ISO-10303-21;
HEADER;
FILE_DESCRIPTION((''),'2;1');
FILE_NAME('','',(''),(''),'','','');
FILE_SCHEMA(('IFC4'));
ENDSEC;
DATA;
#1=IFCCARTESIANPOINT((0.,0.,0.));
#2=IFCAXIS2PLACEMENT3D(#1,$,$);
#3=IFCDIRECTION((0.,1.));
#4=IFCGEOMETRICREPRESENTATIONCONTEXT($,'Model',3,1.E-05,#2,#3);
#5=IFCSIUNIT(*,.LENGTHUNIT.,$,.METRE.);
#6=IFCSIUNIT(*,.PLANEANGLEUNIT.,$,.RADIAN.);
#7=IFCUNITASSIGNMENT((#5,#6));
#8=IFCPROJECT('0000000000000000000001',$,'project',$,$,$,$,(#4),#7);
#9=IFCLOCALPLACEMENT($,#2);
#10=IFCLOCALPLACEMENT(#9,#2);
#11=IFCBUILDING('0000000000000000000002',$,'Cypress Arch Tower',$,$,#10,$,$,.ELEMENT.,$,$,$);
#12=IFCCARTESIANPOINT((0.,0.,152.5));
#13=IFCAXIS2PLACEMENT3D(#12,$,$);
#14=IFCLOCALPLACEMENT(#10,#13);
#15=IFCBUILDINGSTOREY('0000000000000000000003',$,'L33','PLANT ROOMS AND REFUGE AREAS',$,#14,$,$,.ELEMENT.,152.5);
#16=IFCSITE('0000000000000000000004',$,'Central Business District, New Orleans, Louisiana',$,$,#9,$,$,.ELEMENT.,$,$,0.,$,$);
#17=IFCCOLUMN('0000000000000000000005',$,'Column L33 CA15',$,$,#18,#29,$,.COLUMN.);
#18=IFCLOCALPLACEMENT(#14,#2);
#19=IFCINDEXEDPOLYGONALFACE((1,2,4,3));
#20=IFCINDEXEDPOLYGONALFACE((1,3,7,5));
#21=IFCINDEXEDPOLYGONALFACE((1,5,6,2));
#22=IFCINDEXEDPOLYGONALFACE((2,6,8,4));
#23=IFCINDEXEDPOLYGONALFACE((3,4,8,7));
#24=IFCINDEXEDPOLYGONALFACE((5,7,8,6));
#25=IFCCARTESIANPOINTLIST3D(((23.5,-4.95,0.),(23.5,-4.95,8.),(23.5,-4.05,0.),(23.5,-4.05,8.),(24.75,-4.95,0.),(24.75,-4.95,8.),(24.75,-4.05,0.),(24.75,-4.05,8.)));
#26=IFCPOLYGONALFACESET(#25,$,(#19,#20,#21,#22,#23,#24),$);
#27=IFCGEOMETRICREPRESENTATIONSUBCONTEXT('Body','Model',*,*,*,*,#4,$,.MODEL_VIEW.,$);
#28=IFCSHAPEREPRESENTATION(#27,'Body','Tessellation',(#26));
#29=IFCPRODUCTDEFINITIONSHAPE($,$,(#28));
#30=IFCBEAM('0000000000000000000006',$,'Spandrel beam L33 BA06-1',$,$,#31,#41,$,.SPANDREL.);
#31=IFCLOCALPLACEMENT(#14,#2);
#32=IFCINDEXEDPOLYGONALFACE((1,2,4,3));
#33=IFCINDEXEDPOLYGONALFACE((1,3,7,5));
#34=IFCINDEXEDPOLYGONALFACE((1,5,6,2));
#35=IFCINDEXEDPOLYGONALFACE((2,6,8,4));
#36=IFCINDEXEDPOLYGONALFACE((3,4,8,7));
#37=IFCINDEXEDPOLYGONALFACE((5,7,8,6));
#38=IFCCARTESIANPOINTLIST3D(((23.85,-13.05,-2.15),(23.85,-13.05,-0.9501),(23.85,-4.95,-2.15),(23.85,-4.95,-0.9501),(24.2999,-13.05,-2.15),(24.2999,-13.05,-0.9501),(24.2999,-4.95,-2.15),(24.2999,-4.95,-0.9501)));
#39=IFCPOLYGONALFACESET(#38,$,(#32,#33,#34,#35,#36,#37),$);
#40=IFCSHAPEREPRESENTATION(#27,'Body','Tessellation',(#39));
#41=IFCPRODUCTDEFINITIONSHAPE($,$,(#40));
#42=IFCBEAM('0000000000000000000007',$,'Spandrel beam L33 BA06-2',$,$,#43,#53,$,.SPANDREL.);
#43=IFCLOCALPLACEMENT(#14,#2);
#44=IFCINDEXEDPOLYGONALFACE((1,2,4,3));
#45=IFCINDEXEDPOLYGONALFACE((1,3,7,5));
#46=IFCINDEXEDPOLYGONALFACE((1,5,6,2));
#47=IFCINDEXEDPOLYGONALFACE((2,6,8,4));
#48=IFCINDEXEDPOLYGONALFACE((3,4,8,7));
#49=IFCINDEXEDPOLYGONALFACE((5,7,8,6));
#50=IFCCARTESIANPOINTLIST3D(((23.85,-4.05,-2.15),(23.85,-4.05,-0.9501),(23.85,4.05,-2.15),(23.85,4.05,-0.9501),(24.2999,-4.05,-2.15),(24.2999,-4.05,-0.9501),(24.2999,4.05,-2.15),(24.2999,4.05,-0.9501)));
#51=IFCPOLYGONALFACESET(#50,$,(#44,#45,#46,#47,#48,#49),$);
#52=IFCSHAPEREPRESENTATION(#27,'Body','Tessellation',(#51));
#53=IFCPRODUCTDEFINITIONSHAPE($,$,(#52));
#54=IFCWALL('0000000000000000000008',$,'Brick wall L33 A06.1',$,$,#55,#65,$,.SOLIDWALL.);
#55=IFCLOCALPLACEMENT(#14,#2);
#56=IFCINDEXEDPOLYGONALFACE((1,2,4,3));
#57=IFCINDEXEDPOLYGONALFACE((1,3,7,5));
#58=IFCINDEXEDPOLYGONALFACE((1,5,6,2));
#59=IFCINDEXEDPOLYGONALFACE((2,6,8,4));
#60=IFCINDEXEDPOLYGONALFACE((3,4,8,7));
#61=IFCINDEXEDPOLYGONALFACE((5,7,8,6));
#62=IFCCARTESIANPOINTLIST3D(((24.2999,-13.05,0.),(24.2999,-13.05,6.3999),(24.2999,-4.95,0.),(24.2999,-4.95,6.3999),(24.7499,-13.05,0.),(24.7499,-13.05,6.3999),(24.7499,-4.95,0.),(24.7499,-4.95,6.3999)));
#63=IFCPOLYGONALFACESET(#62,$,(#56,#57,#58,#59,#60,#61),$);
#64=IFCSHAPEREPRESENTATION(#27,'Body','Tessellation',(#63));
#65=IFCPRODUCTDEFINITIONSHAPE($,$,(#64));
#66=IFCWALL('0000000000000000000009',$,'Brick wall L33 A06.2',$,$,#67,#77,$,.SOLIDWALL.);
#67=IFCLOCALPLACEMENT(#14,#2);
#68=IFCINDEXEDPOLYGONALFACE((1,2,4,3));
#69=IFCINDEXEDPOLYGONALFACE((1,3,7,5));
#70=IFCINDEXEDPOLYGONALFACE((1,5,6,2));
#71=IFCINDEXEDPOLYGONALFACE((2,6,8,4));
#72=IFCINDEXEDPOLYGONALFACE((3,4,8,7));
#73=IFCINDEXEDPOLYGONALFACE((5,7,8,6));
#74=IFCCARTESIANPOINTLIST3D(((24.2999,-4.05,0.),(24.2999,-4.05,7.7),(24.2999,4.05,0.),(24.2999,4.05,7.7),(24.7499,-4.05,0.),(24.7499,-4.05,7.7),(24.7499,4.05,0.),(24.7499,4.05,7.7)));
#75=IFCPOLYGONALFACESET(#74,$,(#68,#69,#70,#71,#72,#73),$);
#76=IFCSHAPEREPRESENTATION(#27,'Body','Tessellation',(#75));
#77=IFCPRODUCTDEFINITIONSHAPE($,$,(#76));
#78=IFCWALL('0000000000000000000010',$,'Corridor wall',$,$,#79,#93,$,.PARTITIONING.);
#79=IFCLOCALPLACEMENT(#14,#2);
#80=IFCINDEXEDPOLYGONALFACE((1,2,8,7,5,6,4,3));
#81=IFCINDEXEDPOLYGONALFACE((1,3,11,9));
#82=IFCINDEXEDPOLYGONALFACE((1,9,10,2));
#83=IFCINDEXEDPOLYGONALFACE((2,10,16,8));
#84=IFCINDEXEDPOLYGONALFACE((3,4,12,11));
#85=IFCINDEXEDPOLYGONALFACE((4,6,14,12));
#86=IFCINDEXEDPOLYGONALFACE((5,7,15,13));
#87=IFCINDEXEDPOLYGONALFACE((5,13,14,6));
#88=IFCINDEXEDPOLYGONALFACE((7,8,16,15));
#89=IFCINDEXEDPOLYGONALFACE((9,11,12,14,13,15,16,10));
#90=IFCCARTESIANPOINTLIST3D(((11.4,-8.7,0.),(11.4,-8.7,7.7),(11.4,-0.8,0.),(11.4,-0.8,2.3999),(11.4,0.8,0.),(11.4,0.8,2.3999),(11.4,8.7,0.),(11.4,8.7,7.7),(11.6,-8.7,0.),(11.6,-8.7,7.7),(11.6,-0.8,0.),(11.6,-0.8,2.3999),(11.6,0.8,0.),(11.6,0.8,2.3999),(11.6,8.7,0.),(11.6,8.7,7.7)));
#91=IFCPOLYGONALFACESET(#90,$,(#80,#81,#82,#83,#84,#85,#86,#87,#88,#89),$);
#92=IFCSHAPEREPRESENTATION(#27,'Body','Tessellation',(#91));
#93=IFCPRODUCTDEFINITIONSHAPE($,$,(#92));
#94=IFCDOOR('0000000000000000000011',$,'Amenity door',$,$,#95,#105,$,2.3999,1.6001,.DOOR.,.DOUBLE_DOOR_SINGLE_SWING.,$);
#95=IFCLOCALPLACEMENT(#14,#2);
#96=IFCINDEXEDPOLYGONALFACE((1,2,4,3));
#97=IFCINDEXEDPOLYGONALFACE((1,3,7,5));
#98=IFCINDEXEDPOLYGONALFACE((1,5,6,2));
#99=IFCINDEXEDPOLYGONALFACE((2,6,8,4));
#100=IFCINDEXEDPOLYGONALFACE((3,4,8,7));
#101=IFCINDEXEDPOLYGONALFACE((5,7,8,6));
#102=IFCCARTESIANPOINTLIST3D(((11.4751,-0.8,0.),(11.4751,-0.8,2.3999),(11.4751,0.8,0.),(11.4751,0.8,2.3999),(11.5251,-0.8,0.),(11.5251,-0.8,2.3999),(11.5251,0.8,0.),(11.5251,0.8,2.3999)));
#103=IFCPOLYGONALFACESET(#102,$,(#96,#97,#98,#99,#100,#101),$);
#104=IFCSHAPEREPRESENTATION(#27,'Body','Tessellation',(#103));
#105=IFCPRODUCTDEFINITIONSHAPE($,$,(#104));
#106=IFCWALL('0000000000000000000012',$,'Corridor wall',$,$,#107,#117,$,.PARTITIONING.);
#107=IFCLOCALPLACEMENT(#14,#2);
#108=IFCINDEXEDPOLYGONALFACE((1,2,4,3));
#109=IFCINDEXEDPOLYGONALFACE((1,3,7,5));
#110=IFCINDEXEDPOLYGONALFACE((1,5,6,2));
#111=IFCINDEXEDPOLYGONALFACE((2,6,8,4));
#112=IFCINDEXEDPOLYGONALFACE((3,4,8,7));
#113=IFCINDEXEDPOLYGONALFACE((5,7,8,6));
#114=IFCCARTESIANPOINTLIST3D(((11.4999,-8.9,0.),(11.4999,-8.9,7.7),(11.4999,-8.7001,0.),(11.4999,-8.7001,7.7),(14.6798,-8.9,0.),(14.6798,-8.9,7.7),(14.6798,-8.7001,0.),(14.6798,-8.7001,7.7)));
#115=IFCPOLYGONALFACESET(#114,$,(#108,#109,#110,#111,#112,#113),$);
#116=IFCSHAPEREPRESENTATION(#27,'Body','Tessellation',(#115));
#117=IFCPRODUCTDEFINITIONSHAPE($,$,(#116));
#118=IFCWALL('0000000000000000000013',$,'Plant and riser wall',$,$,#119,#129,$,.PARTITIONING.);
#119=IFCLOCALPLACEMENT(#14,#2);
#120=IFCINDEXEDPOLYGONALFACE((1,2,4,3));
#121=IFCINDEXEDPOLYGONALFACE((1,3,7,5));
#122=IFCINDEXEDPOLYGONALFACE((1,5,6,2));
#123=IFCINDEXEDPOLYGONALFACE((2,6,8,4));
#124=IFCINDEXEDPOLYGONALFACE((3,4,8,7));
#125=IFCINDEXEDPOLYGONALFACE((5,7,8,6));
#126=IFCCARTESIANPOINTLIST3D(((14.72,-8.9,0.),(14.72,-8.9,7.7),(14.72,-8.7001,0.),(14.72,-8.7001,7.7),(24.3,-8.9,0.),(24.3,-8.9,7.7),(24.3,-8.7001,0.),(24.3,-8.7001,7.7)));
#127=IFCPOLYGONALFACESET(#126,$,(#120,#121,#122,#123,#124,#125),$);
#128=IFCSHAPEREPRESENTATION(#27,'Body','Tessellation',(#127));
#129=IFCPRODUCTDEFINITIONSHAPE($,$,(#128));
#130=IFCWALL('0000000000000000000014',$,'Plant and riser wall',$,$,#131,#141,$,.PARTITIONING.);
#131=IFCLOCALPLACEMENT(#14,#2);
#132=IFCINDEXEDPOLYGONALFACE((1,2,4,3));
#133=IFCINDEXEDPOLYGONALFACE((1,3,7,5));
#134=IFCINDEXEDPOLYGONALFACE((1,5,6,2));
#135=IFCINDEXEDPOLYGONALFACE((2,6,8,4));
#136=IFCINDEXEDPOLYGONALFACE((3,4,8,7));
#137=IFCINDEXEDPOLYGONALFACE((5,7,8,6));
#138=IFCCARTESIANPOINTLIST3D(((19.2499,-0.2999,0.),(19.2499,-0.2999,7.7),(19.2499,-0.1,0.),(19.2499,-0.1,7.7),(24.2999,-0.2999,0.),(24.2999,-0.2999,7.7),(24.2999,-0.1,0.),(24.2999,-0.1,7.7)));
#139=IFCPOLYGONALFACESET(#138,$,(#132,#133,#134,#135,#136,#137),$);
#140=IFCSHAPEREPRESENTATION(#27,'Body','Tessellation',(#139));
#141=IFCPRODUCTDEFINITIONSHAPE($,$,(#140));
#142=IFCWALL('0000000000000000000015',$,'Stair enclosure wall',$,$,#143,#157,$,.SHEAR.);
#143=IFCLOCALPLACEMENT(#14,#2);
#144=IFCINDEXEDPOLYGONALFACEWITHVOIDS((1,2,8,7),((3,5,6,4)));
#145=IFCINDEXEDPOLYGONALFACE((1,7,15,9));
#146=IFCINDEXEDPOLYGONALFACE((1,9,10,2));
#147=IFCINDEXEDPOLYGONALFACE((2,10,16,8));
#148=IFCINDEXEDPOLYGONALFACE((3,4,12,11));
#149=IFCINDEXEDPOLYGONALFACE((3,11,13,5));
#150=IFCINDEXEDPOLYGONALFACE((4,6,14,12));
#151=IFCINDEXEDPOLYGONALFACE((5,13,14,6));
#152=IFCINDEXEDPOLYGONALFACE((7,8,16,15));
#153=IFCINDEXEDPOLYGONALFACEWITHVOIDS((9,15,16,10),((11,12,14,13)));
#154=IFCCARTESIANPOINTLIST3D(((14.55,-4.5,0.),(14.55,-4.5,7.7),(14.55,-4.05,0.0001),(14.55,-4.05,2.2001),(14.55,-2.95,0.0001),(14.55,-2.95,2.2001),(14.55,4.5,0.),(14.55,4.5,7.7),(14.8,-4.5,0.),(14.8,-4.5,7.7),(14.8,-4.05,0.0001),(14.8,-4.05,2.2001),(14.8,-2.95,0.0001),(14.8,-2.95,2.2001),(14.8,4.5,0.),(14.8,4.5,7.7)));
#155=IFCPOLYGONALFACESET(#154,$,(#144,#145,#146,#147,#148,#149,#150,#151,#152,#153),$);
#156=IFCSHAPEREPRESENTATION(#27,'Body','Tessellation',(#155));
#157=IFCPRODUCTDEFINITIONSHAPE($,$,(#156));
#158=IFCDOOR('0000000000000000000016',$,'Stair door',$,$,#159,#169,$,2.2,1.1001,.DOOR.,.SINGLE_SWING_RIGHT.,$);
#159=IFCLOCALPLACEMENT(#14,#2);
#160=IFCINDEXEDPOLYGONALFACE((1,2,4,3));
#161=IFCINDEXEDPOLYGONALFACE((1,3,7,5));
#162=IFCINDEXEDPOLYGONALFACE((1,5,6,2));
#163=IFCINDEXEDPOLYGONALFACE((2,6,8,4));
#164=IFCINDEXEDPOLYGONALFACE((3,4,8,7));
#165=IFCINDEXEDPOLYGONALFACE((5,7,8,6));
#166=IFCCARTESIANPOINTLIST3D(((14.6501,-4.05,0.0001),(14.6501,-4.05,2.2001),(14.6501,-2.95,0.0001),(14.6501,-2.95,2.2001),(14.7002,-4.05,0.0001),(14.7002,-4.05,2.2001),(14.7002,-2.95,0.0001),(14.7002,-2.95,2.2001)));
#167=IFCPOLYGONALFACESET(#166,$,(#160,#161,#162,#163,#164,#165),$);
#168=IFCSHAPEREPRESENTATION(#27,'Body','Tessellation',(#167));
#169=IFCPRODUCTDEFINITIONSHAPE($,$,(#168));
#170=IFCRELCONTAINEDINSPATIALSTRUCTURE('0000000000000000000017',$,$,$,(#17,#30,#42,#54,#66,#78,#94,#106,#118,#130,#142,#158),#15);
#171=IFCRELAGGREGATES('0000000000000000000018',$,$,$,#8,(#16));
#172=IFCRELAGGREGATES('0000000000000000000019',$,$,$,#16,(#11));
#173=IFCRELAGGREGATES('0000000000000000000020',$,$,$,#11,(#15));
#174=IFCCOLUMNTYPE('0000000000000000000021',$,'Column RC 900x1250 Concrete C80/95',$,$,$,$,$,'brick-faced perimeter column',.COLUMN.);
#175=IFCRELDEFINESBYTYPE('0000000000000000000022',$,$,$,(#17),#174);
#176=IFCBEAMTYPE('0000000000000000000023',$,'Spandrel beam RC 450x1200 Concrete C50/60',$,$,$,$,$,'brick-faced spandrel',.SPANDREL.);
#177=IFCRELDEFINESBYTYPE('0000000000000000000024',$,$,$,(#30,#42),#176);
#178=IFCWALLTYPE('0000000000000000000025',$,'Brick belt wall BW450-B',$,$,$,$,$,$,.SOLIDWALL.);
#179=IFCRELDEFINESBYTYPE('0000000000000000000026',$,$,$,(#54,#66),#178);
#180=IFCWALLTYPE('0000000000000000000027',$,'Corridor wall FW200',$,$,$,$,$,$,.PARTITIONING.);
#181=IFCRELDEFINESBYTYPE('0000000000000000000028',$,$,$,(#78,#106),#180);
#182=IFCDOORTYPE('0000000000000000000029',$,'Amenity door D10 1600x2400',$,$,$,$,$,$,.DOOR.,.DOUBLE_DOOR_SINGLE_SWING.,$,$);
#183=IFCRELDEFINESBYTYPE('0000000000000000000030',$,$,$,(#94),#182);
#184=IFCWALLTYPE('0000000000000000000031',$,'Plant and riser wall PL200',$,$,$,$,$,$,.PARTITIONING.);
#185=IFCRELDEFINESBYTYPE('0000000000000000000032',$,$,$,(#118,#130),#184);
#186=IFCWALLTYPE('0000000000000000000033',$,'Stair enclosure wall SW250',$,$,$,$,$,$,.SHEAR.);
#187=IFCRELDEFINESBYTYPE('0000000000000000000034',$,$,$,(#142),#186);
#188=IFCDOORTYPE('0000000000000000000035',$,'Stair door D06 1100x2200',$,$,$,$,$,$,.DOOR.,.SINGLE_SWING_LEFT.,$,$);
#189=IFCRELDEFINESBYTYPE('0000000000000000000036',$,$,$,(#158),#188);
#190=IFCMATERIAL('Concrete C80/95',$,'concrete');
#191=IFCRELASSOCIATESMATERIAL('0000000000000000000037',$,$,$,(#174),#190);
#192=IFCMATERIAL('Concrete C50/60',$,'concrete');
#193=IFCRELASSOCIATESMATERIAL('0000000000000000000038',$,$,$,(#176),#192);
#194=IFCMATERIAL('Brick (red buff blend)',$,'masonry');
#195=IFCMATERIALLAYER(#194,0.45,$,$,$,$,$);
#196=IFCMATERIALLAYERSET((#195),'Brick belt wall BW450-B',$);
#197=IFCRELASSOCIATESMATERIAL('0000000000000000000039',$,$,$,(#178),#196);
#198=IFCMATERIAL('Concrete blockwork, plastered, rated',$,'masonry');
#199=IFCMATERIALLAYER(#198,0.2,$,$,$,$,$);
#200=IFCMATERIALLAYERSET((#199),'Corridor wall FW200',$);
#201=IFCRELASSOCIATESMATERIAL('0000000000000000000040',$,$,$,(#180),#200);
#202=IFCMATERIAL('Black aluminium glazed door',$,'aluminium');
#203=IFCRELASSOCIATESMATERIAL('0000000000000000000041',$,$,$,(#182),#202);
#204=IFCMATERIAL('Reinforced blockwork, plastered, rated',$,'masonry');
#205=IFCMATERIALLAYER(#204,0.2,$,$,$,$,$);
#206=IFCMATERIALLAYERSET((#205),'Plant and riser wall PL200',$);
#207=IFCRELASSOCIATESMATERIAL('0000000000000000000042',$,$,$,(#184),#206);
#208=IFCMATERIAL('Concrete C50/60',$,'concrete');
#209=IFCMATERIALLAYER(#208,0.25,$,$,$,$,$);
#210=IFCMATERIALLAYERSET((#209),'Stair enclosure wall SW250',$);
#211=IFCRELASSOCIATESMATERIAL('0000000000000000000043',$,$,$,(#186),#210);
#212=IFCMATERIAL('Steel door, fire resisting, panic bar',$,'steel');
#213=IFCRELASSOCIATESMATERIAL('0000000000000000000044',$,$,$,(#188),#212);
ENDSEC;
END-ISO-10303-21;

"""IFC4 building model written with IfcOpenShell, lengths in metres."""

from ifc_helpers import new_model, si_unit, direction, frame, frame_2d, origin, origin_2d, place, context, subcontext, project, spatial, rectangle, extrude, material, layer, layer_set, material_profile, profile_set, type_object, element, fill, save


model = new_model("IFC4")

# Units and contexts
model_context = context("Model", 3, precision=1e-05, world=origin(), true_north=direction((0.0, 1.0)))
body_context = subcontext(model_context, "Body", "Model", "MODEL_VIEW")
ifc_project = project(units=[si_unit("LENGTHUNIT", "METRE"), si_unit("PLANEANGLEUNIT", "RADIAN")], contexts=[model_context])

# Site, building, storey
site_placement = place(None, origin())
site = spatial("IfcSite", under=ifc_project, at=site_placement, Name="Central Business District, New Orleans, Louisiana", CompositionType="ELEMENT", RefElevation=0.0)
building_placement = place(site_placement, origin())
building = spatial("IfcBuilding", under=site, at=building_placement, Name="Cypress Arch Tower", CompositionType="ELEMENT")
storey_placement = place(building_placement, frame((0.0, 0.0, 152.5)))
storey = spatial("IfcBuildingStorey", under=building, at=storey_placement, Name="L33", Description="PLANT ROOMS AND REFUGE AREAS", CompositionType="ELEMENT", Elevation=152.5)

# Column
ifc_material_1 = material(Name="Concrete C80/95", Category="concrete")
ifc_material_profile_1 = material_profile(ifc_material_1, rectangle(XDim=0.8999, YDim=1.25, at=origin_2d()), Name="RC 900x1250")
ifc_profile_set_1 = profile_set([ifc_material_profile_1], Name="Concrete C80/95")
column_type = type_object("IfcColumnType", Name="Column RC 900x1250 Concrete C80/95", ElementType="brick-faced perimeter column", PredefinedType="COLUMN", material=ifc_profile_set_1)
column_placement = place(storey_placement, frame((24.125, -4.5, 0.0), z_axis=(0.0, 0.0, 1.0), x_axis=(0.0, 1.0, 0.0)))
element("IfcColumn", 1, at=column_placement, inside=storey, type_object=column_type, Name="Column L33 CA15", PredefinedType="COLUMN", context=body_context, shape_type="SweptSolid", body=[
    extrude(rectangle(XDim=0.8999, YDim=1.25, at=origin_2d()), origin(), (0.0, 0.0, 1.0), 8.0),
])

# Beams
ifc_material_2 = material(Name="Concrete C50/60", Category="concrete")
ifc_material_profile_2 = material_profile(ifc_material_2, rectangle(XDim=0.45, YDim=1.2, at=origin_2d()), Name="RC 450x1200")
ifc_profile_set_2 = profile_set([ifc_material_profile_2], Name="Concrete C50/60")
beam_type = type_object("IfcBeamType", Name="Spandrel beam RC 450x1200 Concrete C50/60", ElementType="brick-faced spandrel", PredefinedType="SPANDREL", material=ifc_profile_set_2)
for number, where, z_axis, x_axis, name in (
    (2, (24.075, -13.05, -1.55), (0.0, 1.0, 0.0), (-1.0, 0.0, 0.0), "Spandrel beam L33 BA06-1"),
    (3, (24.075, -4.05, -1.55), (0.0, 1.0, 0.0), (-1.0, 0.0, 0.0), "Spandrel beam L33 BA06-2"),
):
    element("IfcBeam", number, at=place(storey_placement, frame(where, z_axis=z_axis, x_axis=x_axis)), inside=storey, type_object=beam_type, Name=name, PredefinedType="SPANDREL", context=body_context, shape_type="SweptSolid", body=[
        extrude(rectangle(XDim=0.45, YDim=1.2, at=origin_2d()), origin(), (0.0, 0.0, 1.0), 8.1001),
    ])

# Walls
ifc_material_3 = material(Name="Brick (red buff blend)", Category="masonry")
ifc_layer_1 = layer(ifc_material_3, 0.45)
ifc_layer_set_1 = layer_set([ifc_layer_1], Name="Brick belt wall BW450-B")
wall_type_1 = type_object("IfcWallType", Name="Brick belt wall BW450-B", PredefinedType="SOLIDWALL", material=ifc_layer_set_1)
wall_1_placement = place(storey_placement, frame((24.5249, -13.05, 0.0), z_axis=(0.0, 0.0, 1.0), x_axis=(0.0, 1.0, 0.0)))
element("IfcWall", 4, at=wall_1_placement, inside=storey, type_object=wall_type_1, Name="Brick wall L33 A06.1", PredefinedType="SOLIDWALL", context=body_context, shape_type="SweptSolid", body=[
    extrude(rectangle(XDim=8.1001, YDim=0.45, at=frame_2d((4.05, 0.0))), origin(), (0.0, 0.0, 1.0), 6.3999),
])
wall_2_placement = place(storey_placement, frame((24.5249, -4.05, 0.0), z_axis=(0.0, 0.0, 1.0), x_axis=(0.0, 1.0, 0.0)))
element("IfcWall", 5, at=wall_2_placement, inside=storey, type_object=wall_type_1, Name="Brick wall L33 A06.2", PredefinedType="SOLIDWALL", context=body_context, shape_type="SweptSolid", body=[
    extrude(rectangle(XDim=8.1001, YDim=0.45, at=frame_2d((4.05, 0.0))), origin(), (0.0, 0.0, 1.0), 7.7),
])

# Wall, opening, door
ifc_material_4 = material(Name="Concrete blockwork, plastered, rated", Category="masonry")
ifc_layer_2 = layer(ifc_material_4, 0.2)
ifc_layer_set_2 = layer_set([ifc_layer_2], Name="Corridor wall FW200")
wall_type_2 = type_object("IfcWallType", Name="Corridor wall FW200", PredefinedType="PARTITIONING", material=ifc_layer_set_2)
wall_3_placement = place(storey_placement, frame((11.5, -8.7, 0.0), z_axis=(0.0, 0.0, 1.0), x_axis=(0.0, 1.0, 0.0)))
wall_3 = element("IfcWall", 6, at=wall_3_placement, inside=storey, type_object=wall_type_2, Name="Corridor wall", PredefinedType="PARTITIONING", context=body_context, shape_type="SweptSolid", body=[
    extrude(rectangle(XDim=17.3999, YDim=0.2, at=frame_2d((8.7, 0.0))), origin(), (0.0, 0.0, 1.0), 7.7),
])
opening_1_placement = place(wall_3_placement, frame((7.8999, 0.0, 0.0)))
opening_1 = element("IfcOpeningElement", 7, at=opening_1_placement, cuts=wall_3, PredefinedType="OPENING", context=body_context, shape_type="SweptSolid", body=[
    extrude(rectangle(XDim=1.6001, YDim=2.3999, at=frame_2d((0.8, 1.2))), frame((0.0, 0.1099, 0.0), z_axis=(0.0, -1.0, 0.0), x_axis=(1.0, 0.0, 0.0)), (0.0, 0.0, 1.0), 0.22),
])
ifc_material_5 = material(Name="Black aluminium glazed door", Category="aluminium")
door_type_1 = type_object("IfcDoorType", Name="Amenity door D10 1600x2400", OperationType="DOUBLE_DOOR_SINGLE_SWING", PredefinedType="DOOR", material=ifc_material_5)
door_1_placement = place(opening_1_placement, origin())
door_1 = element("IfcDoor", 8, at=door_1_placement, inside=storey, type_object=door_type_1, Name="Amenity door", OperationType="DOUBLE_DOOR_SINGLE_SWING", OverallHeight=2.3999, OverallWidth=1.6001, PredefinedType="DOOR", context=body_context, shape_type="SweptSolid", body=[
    extrude(rectangle(XDim=1.6001, YDim=2.3999, at=frame_2d((0.8, 1.2))), frame((0.0, 0.0249, 0.0), z_axis=(0.0, -1.0, 0.0), x_axis=(1.0, 0.0, 0.0)), (0.0, 0.0, 1.0), 0.05),
])
fill(opening_1, door_1)

# Wall
wall_4_placement = place(storey_placement, frame((11.5, -8.8, 0.0), z_axis=(0.0, 0.0, 1.0), x_axis=(1.0, 0.0, 0.0)))
element("IfcWall", 9, at=wall_4_placement, inside=storey, type_object=wall_type_2, Name="Corridor wall", PredefinedType="PARTITIONING", context=body_context, shape_type="SweptSolid", body=[
    extrude(rectangle(XDim=3.1799, YDim=0.2, at=frame_2d((1.5898, 0.0))), origin(), (0.0, 0.0, 1.0), 7.7),
])

# Shared definitions
ifc_material_6 = material(Name="Reinforced blockwork, plastered, rated", Category="masonry")
ifc_layer_3 = layer(ifc_material_6, 0.2)
ifc_layer_set_3 = layer_set([ifc_layer_3], Name="Plant and riser wall PL200")
wall_type_3 = type_object("IfcWallType", Name="Plant and riser wall PL200", PredefinedType="PARTITIONING", material=ifc_layer_set_3)

# Walls
wall_5_placement = place(storey_placement, frame((14.72, -8.8, 0.0), z_axis=(0.0, 0.0, 1.0), x_axis=(1.0, 0.0, 0.0)))
element("IfcWall", 10, at=wall_5_placement, inside=storey, type_object=wall_type_3, Name="Plant and riser wall", PredefinedType="PARTITIONING", context=body_context, shape_type="SweptSolid", body=[
    extrude(rectangle(XDim=9.5801, YDim=0.2, at=frame_2d((4.79, 0.0))), origin(), (0.0, 0.0, 1.0), 7.7),
])
wall_6_placement = place(storey_placement, frame((19.25, -0.2, 0.0), z_axis=(0.0, 0.0, 1.0), x_axis=(1.0, 0.0, 0.0)))
element("IfcWall", 11, at=wall_6_placement, inside=storey, type_object=wall_type_3, Name="Plant and riser wall", PredefinedType="PARTITIONING", context=body_context, shape_type="SweptSolid", body=[
    extrude(rectangle(XDim=5.05, YDim=0.2, at=frame_2d((2.5249, 0.0))), origin(), (0.0, 0.0, 1.0), 7.7),
])

# Wall, opening, door
ifc_material_7 = material(Name="Concrete C50/60", Category="concrete")
ifc_layer_4 = layer(ifc_material_7, 0.25)
ifc_layer_set_4 = layer_set([ifc_layer_4], Name="Stair enclosure wall SW250")
wall_type_4 = type_object("IfcWallType", Name="Stair enclosure wall SW250", PredefinedType="SHEAR", material=ifc_layer_set_4)
wall_7_placement = place(storey_placement, frame((14.675, -4.5, 0.0), z_axis=(0.0, 0.0, 1.0), x_axis=(0.0, 1.0, 0.0)))
wall_7 = element("IfcWall", 12, at=wall_7_placement, inside=storey, type_object=wall_type_4, Name="Stair enclosure wall", PredefinedType="SHEAR", context=body_context, shape_type="SweptSolid", body=[
    extrude(rectangle(XDim=9.0, YDim=0.25, at=frame_2d((4.5, 0.0))), origin(), (0.0, 0.0, 1.0), 7.7),
])
opening_2_placement = place(wall_7_placement, frame((0.45, 0.0, 0.0)))
opening_2 = element("IfcOpeningElement", 13, at=opening_2_placement, cuts=wall_7, PredefinedType="OPENING", context=body_context, shape_type="SweptSolid", body=[
    extrude(rectangle(XDim=1.1001, YDim=2.2, at=frame_2d((0.55, 1.1001))), frame((0.0, 0.135, 0.0), z_axis=(0.0, -1.0, 0.0), x_axis=(1.0, 0.0, 0.0)), (0.0, 0.0, 1.0), 0.27),
])
ifc_material_8 = material(Name="Steel door, fire resisting, panic bar", Category="steel")
door_type_2 = type_object("IfcDoorType", Name="Stair door D06 1100x2200", OperationType="SINGLE_SWING_LEFT", PredefinedType="DOOR", material=ifc_material_8)
door_2_placement = place(opening_2_placement, origin())
door_2 = element("IfcDoor", 14, at=door_2_placement, inside=storey, type_object=door_type_2, Name="Stair door", OperationType="SINGLE_SWING_RIGHT", OverallHeight=2.2, OverallWidth=1.1001, PredefinedType="DOOR", context=body_context, shape_type="SweptSolid", body=[
    extrude(rectangle(XDim=1.1001, YDim=2.2, at=frame_2d((0.55, 1.1001))), frame((0.0, 0.0249, 0.0), z_axis=(0.0, -1.0, 0.0), x_axis=(1.0, 0.0, 0.0)), (0.0, 0.0, 1.0), 0.05),
])
fill(opening_2, door_2)

save(model, "model.ifc")
